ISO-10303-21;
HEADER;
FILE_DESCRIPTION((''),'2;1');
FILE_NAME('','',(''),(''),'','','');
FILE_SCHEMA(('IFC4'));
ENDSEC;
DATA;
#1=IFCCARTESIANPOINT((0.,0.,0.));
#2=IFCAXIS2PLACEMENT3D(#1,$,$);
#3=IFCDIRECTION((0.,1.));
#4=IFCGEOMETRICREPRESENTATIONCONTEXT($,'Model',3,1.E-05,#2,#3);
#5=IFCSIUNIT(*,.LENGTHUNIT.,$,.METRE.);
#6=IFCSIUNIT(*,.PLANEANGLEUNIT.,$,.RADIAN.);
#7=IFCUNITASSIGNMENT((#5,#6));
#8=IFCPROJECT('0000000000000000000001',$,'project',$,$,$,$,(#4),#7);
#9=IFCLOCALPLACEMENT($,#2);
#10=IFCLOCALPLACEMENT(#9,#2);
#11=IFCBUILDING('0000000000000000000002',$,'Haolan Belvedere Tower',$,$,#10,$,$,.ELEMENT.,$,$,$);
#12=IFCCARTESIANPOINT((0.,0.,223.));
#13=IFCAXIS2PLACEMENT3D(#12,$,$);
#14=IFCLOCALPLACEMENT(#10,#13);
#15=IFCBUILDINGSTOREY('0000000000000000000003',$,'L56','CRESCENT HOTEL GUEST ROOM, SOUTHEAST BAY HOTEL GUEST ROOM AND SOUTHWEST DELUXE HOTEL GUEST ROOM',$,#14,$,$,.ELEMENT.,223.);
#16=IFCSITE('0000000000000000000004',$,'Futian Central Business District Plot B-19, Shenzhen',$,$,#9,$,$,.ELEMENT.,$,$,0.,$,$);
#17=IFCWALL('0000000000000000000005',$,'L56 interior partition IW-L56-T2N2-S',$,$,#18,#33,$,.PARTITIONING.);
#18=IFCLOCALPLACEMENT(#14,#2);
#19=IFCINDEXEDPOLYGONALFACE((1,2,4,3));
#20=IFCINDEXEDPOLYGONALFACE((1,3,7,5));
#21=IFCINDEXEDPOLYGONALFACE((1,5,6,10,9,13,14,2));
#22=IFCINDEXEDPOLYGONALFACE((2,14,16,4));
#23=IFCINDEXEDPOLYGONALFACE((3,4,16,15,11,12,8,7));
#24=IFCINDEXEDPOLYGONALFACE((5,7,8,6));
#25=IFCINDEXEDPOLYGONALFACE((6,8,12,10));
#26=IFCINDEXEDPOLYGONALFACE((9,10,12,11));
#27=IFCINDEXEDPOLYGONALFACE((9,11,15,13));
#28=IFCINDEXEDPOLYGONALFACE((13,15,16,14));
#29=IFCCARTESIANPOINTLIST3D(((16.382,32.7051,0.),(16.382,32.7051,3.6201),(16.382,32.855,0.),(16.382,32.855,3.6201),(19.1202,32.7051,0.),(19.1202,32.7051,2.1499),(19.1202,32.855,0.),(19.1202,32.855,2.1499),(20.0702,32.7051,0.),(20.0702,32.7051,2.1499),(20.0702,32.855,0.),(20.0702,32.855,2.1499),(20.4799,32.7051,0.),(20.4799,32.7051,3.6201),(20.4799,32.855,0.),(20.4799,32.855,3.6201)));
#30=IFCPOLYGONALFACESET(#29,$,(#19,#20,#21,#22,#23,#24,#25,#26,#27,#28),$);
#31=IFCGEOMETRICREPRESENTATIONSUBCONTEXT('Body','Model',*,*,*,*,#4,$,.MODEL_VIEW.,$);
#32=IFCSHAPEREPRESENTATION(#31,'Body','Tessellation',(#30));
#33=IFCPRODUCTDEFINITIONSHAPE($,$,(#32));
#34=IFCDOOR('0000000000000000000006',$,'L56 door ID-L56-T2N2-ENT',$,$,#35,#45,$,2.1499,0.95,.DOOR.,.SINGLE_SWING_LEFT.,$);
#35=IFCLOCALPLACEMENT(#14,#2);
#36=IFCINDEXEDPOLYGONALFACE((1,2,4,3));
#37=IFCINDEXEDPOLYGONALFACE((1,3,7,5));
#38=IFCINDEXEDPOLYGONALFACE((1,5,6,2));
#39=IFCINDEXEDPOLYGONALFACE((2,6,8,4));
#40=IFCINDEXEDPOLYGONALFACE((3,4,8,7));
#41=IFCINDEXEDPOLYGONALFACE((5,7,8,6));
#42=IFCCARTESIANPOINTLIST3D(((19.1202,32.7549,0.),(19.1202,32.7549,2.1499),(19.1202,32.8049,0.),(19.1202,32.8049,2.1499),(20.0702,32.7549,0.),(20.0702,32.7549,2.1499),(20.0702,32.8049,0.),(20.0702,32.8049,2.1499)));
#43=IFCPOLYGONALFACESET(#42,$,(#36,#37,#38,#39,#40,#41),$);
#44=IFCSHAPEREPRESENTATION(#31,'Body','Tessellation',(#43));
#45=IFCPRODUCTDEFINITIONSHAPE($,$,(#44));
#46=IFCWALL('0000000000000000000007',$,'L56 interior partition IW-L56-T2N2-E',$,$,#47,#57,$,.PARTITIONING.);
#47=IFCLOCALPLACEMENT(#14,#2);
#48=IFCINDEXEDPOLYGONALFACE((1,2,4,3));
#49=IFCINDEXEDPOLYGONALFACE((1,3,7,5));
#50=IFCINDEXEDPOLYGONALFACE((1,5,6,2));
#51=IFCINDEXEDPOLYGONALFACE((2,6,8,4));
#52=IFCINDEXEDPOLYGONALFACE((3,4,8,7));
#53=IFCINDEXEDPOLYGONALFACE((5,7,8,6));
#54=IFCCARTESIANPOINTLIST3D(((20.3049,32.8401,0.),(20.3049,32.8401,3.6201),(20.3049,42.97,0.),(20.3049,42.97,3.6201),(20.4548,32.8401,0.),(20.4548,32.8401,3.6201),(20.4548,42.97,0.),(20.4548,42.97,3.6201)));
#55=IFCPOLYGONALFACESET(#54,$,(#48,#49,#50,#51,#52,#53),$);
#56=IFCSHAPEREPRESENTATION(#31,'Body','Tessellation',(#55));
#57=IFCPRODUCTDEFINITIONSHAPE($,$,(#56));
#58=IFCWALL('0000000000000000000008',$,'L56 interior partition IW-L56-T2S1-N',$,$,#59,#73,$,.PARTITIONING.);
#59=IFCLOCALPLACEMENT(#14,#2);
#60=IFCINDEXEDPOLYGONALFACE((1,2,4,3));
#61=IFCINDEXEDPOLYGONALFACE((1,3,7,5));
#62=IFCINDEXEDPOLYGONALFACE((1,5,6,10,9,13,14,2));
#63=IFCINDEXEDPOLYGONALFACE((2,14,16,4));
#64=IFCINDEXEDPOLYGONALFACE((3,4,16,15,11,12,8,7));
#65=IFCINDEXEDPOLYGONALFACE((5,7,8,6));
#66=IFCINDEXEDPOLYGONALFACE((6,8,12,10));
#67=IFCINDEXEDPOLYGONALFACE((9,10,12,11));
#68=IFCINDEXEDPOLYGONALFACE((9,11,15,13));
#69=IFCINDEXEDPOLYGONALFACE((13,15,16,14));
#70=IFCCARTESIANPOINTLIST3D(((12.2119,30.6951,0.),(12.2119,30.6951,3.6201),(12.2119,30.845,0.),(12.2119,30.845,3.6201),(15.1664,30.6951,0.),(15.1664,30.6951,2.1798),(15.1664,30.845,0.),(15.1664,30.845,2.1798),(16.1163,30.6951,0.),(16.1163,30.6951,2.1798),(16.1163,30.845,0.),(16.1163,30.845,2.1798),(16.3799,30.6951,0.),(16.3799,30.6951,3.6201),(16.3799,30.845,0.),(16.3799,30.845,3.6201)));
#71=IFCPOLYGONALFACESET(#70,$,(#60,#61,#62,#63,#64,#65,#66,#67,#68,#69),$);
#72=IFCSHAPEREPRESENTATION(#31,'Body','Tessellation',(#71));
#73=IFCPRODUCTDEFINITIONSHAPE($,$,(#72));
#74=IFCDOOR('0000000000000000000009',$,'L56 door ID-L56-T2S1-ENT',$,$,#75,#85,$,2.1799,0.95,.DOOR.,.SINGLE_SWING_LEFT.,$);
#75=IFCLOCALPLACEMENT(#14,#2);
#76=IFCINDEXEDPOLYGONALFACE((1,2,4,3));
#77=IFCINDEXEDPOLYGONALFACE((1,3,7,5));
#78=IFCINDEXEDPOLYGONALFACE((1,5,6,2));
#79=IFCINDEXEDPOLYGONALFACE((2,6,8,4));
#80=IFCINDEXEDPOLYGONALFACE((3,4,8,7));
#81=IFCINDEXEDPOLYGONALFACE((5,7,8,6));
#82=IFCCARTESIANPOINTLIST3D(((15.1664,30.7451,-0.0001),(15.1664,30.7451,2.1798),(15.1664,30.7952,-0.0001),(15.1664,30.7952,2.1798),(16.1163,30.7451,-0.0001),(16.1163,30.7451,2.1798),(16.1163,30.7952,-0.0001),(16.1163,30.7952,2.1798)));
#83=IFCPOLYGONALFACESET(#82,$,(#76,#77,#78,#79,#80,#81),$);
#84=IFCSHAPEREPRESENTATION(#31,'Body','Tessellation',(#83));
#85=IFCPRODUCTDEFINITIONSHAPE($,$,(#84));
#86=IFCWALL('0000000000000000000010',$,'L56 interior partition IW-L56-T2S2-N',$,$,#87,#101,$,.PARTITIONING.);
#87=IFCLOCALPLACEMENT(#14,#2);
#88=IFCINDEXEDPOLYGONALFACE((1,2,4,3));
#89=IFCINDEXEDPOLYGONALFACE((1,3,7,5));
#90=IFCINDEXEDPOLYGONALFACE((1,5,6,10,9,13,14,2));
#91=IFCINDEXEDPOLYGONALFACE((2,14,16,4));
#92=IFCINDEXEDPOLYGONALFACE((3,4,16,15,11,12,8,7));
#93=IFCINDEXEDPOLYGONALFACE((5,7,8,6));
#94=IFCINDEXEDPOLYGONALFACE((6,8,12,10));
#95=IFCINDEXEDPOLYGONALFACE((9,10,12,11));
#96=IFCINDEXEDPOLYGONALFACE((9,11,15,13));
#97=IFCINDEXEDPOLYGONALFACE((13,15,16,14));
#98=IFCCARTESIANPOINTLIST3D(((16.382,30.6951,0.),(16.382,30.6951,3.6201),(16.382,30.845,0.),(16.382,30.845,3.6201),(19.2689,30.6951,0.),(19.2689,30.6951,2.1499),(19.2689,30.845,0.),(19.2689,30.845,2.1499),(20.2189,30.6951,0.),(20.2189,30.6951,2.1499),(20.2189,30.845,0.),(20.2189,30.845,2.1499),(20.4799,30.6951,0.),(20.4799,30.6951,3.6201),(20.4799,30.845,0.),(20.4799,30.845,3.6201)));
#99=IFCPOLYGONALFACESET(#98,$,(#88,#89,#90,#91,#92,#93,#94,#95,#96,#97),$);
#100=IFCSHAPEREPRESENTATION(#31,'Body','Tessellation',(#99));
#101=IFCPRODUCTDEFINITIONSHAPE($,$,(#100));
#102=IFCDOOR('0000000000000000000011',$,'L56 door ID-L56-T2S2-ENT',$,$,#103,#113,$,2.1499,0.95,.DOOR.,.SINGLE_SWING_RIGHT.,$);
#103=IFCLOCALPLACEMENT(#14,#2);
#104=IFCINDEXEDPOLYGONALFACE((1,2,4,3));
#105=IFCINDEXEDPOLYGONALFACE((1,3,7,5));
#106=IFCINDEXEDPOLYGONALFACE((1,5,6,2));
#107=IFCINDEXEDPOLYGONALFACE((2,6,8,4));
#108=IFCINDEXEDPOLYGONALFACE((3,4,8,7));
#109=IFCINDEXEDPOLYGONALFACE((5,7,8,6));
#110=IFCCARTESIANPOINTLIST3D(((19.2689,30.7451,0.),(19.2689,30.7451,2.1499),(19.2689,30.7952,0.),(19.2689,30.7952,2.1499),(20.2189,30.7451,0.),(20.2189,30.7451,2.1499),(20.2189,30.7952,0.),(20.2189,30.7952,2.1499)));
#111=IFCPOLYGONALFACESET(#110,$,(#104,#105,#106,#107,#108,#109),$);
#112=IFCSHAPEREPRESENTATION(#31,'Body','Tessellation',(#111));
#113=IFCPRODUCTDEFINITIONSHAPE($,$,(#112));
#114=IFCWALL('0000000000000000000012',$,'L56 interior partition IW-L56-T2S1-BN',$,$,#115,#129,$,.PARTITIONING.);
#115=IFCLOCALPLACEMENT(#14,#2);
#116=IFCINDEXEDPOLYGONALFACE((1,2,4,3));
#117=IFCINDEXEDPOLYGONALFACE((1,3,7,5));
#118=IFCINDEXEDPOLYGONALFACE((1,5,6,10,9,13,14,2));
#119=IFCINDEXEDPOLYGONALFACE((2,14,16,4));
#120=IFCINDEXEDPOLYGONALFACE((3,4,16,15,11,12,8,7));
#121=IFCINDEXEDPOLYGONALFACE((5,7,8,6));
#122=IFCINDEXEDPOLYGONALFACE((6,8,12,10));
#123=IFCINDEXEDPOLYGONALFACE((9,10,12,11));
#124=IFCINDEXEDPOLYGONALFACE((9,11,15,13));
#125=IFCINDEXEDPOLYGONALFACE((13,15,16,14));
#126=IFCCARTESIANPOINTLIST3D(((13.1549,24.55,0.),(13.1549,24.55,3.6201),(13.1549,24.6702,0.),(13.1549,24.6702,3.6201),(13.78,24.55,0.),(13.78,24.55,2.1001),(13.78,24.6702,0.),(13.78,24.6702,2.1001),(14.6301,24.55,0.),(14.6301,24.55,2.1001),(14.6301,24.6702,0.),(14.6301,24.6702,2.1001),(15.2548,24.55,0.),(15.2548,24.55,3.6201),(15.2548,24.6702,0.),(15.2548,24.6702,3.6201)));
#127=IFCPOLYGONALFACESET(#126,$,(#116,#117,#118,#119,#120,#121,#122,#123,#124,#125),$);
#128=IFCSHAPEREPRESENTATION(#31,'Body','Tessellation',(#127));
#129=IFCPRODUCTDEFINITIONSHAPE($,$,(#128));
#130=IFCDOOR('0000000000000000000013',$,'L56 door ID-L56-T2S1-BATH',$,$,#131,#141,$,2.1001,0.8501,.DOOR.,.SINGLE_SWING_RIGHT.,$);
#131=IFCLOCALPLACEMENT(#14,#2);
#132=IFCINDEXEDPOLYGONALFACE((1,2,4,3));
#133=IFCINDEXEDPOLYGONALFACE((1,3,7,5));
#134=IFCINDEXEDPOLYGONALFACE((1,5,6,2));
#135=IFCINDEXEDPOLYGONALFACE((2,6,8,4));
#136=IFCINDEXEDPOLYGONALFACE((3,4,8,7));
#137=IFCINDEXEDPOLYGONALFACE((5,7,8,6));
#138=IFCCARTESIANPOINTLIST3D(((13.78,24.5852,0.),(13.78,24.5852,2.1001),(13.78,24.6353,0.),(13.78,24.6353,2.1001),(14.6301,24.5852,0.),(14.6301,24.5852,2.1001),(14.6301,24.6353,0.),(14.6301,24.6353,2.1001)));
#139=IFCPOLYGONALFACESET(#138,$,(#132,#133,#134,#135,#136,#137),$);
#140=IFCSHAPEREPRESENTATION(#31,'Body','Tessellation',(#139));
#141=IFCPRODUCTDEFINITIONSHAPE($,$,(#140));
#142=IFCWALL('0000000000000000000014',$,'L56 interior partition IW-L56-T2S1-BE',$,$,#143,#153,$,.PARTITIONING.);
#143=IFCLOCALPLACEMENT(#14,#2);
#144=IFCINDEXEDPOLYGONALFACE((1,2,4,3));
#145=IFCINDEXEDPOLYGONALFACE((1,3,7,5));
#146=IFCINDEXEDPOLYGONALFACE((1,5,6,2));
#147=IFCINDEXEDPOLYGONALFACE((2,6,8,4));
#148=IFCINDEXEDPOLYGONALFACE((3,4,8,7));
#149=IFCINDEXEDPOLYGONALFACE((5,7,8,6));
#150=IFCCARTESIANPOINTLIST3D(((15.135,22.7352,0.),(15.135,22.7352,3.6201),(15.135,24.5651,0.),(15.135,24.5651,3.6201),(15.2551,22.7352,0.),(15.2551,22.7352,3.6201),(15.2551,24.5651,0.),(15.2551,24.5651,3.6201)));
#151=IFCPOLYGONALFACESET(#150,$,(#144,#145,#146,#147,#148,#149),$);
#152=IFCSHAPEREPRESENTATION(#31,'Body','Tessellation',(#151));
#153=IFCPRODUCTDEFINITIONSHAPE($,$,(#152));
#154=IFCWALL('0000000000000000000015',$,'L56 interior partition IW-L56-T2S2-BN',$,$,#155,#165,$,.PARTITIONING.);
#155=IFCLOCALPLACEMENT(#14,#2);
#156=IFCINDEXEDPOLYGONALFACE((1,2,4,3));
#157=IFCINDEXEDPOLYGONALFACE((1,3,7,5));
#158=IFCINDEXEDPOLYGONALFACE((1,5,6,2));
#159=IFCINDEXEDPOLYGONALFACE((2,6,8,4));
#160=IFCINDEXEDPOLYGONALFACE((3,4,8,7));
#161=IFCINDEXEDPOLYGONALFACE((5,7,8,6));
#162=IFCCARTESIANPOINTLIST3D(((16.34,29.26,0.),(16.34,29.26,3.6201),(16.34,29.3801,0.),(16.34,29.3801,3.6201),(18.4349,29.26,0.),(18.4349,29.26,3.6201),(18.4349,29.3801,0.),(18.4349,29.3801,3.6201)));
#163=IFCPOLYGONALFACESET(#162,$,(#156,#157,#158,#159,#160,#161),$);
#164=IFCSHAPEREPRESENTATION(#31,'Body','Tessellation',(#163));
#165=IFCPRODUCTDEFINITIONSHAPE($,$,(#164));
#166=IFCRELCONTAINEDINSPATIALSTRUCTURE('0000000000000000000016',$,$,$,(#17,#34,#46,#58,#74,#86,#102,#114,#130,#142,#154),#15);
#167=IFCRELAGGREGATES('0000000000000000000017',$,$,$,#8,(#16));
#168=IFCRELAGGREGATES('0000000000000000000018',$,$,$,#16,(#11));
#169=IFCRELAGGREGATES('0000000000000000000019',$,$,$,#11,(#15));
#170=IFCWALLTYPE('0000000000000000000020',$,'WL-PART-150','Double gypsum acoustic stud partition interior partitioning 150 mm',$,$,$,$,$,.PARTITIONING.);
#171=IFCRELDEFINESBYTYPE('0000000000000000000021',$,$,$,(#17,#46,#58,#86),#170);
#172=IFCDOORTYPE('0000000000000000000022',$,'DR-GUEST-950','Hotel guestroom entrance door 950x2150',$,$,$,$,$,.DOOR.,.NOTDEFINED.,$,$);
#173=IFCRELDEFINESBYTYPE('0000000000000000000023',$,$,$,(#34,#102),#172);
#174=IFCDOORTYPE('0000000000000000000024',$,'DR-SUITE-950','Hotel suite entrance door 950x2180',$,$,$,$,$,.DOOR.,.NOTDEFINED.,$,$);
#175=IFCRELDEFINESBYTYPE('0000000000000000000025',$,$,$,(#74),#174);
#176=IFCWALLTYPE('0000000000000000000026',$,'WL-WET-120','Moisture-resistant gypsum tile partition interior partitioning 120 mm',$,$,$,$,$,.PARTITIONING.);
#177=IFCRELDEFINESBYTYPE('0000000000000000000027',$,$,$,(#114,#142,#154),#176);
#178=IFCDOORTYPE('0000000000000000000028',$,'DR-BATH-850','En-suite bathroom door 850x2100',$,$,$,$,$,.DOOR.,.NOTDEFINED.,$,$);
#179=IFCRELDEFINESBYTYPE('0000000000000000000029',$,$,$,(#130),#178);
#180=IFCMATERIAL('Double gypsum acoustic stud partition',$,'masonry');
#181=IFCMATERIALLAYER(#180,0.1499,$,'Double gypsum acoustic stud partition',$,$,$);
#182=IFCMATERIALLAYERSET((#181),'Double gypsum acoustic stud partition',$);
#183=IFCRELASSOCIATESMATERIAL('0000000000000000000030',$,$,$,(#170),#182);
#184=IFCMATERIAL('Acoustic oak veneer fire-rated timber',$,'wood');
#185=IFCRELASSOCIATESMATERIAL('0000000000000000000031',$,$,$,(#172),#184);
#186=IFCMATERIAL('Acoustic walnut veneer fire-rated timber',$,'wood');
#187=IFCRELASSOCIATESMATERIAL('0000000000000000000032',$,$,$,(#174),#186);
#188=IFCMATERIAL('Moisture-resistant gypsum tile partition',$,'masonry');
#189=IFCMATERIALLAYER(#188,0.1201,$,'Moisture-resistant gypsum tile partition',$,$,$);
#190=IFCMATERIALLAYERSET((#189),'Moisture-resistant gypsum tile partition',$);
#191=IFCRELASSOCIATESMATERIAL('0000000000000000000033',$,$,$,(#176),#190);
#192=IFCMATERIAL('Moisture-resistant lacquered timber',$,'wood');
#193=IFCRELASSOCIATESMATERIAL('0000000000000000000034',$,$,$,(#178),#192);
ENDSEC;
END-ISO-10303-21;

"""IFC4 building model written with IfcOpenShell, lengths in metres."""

from ifc_helpers import new_model, si_unit, direction, frame, frame_2d, origin, place, context, subcontext, project, spatial, rectangle, extrude, material, layer, layer_set, type_object, element, fill, save


model = new_model("IFC4")

# Units and contexts
model_context = context("Model", 3, precision=1e-05, world=origin(), true_north=direction((0.0, 1.0)))
body_context = subcontext(model_context, "Body", "Model", "MODEL_VIEW")
ifc_project = project(units=[si_unit("LENGTHUNIT", "METRE"), si_unit("PLANEANGLEUNIT", "RADIAN")], contexts=[model_context])

# Site, building, storey
site_placement = place(None, origin())
site = spatial("IfcSite", under=ifc_project, at=site_placement, Name="Futian Central Business District Plot B-19, Shenzhen", CompositionType="ELEMENT", RefElevation=0.0)
building_placement = place(site_placement, origin())
building = spatial("IfcBuilding", under=site, at=building_placement, Name="Haolan Belvedere Tower", CompositionType="ELEMENT")
storey_placement = place(building_placement, frame((0.0, 0.0, 223.0)))
storey = spatial("IfcBuildingStorey", under=building, at=storey_placement, Name="L56", Description="CRESCENT HOTEL GUEST ROOM, SOUTHEAST BAY HOTEL GUEST ROOM AND SOUTHWEST DELUXE HOTEL GUEST ROOM", CompositionType="ELEMENT", Elevation=223.0)

# Shared definitions
ifc_material_1 = material(Name="Double gypsum acoustic stud partition", Category="masonry")
ifc_layer_1 = layer(ifc_material_1, 0.1499, Name="Double gypsum acoustic stud partition")
ifc_layer_set_1 = layer_set([ifc_layer_1], Name="Double gypsum acoustic stud partition")
wall_type_1 = type_object("IfcWallType", Name="WL-PART-150", Description="Double gypsum acoustic stud partition interior partitioning 150 mm", PredefinedType="PARTITIONING", material=ifc_layer_set_1)
ifc_material_2 = material(Name="Acoustic oak veneer fire-rated timber", Category="wood")
door_type_1 = type_object("IfcDoorType", Name="DR-GUEST-950", Description="Hotel guestroom entrance door 950x2150", OperationType="NOTDEFINED", PredefinedType="DOOR", material=ifc_material_2)

# Wall, opening, door
wall_1_placement = place(storey_placement, frame((16.3821, 32.78, 0.0), z_axis=(0.0, 0.0, 1.0), x_axis=(1.0, 0.0, 0.0)))
wall_1 = element("IfcWall", 1, at=wall_1_placement, inside=storey, type_object=wall_type_1, Name="L56 interior partition IW-L56-T2N2-S", PredefinedType="PARTITIONING", context=body_context, shape_type="SweptSolid", body=[
    extrude(rectangle(XDim=4.0979, YDim=0.1499, at=frame_2d((2.0488, 0.0))), origin(), (0.0, 0.0, 1.0), 3.6201),
])
opening_1_placement = place(wall_1_placement, frame((2.738, 0.0, 0.0)))
opening_1 = element("IfcOpeningElement", 2, at=opening_1_placement, cuts=wall_1, PredefinedType="OPENING", context=body_context, shape_type="SweptSolid", body=[
    extrude(rectangle(XDim=0.95, YDim=2.1499, at=frame_2d((0.4751, 1.075))), frame((0.0, 0.085, 0.0), z_axis=(0.0, -1.0, 0.0), x_axis=(1.0, 0.0, 0.0)), (0.0, 0.0, 1.0), 0.1699),
])
door_1_placement = place(opening_1_placement, origin())
door_1 = element("IfcDoor", 3, at=door_1_placement, inside=storey, type_object=door_type_1, Name="L56 door ID-L56-T2N2-ENT", OperationType="SINGLE_SWING_LEFT", OverallHeight=2.1499, OverallWidth=0.95, PredefinedType="DOOR", context=body_context, shape_type="SweptSolid", body=[
    extrude(rectangle(XDim=0.95, YDim=2.1499, at=frame_2d((0.4751, 1.075))), frame((0.0, 0.0249, 0.0), z_axis=(0.0, -1.0, 0.0), x_axis=(1.0, 0.0, 0.0)), (0.0, 0.0, 1.0), 0.05),
])
fill(opening_1, door_1)

# Wall
wall_2_placement = place(storey_placement, frame((20.3799, 32.8401, 0.0), z_axis=(0.0, 0.0, 1.0), x_axis=(0.0, 1.0, 0.0)))
element("IfcWall", 4, at=wall_2_placement, inside=storey, type_object=wall_type_1, Name="L56 interior partition IW-L56-T2N2-E", PredefinedType="PARTITIONING", context=body_context, shape_type="SweptSolid", body=[
    extrude(rectangle(XDim=10.1299, YDim=0.1499, at=frame_2d((5.0649, 0.0))), origin(), (0.0, 0.0, 1.0), 3.6201),
])

# Walls, openings, doors
wall_3_placement = place(storey_placement, frame((12.2119, 30.77, 0.0), z_axis=(0.0, 0.0, 1.0), x_axis=(1.0, 0.0, 0.0)))
wall_3 = element("IfcWall", 5, at=wall_3_placement, inside=storey, type_object=wall_type_1, Name="L56 interior partition IW-L56-T2S1-N", PredefinedType="PARTITIONING", context=body_context, shape_type="SweptSolid", body=[
    extrude(rectangle(XDim=4.168, YDim=0.1499, at=frame_2d((2.084, 0.0))), origin(), (0.0, 0.0, 1.0), 3.6201),
])
opening_2_placement = place(wall_3_placement, frame((3.9045, 0.0, 0.0), z_axis=(0.0, 0.0, 1.0), x_axis=(-1.0, 0.0, 0.0)))
opening_2 = element("IfcOpeningElement", 6, at=opening_2_placement, cuts=wall_3, PredefinedType="OPENING", context=body_context, shape_type="SweptSolid", body=[
    extrude(rectangle(XDim=0.95, YDim=2.1799, at=frame_2d((0.4751, 1.0898))), frame((0.0, 0.085, 0.0), z_axis=(0.0, -1.0, 0.0), x_axis=(1.0, 0.0, 0.0)), (0.0, 0.0, 1.0), 0.1699),
])
ifc_material_3 = material(Name="Acoustic walnut veneer fire-rated timber", Category="wood")
door_type_2 = type_object("IfcDoorType", Name="DR-SUITE-950", Description="Hotel suite entrance door 950x2180", OperationType="NOTDEFINED", PredefinedType="DOOR", material=ifc_material_3)
door_2_placement = place(opening_2_placement, origin())
door_2 = element("IfcDoor", 7, at=door_2_placement, inside=storey, type_object=door_type_2, Name="L56 door ID-L56-T2S1-ENT", OperationType="SINGLE_SWING_LEFT", OverallHeight=2.1799, OverallWidth=0.95, PredefinedType="DOOR", context=body_context, shape_type="SweptSolid", body=[
    extrude(rectangle(XDim=0.95, YDim=2.1799, at=frame_2d((0.4751, 1.0898))), frame((0.0, 0.0249, 0.0), z_axis=(0.0, -1.0, 0.0), x_axis=(1.0, 0.0, 0.0)), (0.0, 0.0, 1.0), 0.05),
])
fill(opening_2, door_2)
wall_4_placement = place(storey_placement, frame((16.3821, 30.77, 0.0), z_axis=(0.0, 0.0, 1.0), x_axis=(1.0, 0.0, 0.0)))
wall_4 = element("IfcWall", 8, at=wall_4_placement, inside=storey, type_object=wall_type_1, Name="L56 interior partition IW-L56-T2S2-N", PredefinedType="PARTITIONING", context=body_context, shape_type="SweptSolid", body=[
    extrude(rectangle(XDim=4.0979, YDim=0.1499, at=frame_2d((2.0488, 0.0))), origin(), (0.0, 0.0, 1.0), 3.6201),
])
opening_3_placement = place(wall_4_placement, frame((3.8369, 0.0, 0.0), z_axis=(0.0, 0.0, 1.0), x_axis=(-1.0, 0.0, 0.0)))
opening_3 = element("IfcOpeningElement", 9, at=opening_3_placement, cuts=wall_4, PredefinedType="OPENING", context=body_context, shape_type="SweptSolid", body=[
    extrude(rectangle(XDim=0.95, YDim=2.1499, at=frame_2d((0.4751, 1.075))), frame((0.0, 0.085, 0.0), z_axis=(0.0, -1.0, 0.0), x_axis=(1.0, 0.0, 0.0)), (0.0, 0.0, 1.0), 0.1699),
])
door_3_placement = place(opening_3_placement, origin())
door_3 = element("IfcDoor", 10, at=door_3_placement, inside=storey, type_object=door_type_1, Name="L56 door ID-L56-T2S2-ENT", OperationType="SINGLE_SWING_RIGHT", OverallHeight=2.1499, OverallWidth=0.95, PredefinedType="DOOR", context=body_context, shape_type="SweptSolid", body=[
    extrude(rectangle(XDim=0.95, YDim=2.1499, at=frame_2d((0.4751, 1.075))), frame((0.0, 0.0249, 0.0), z_axis=(0.0, -1.0, 0.0), x_axis=(1.0, 0.0, 0.0)), (0.0, 0.0, 1.0), 0.05),
])
fill(opening_3, door_3)
ifc_material_4 = material(Name="Moisture-resistant gypsum tile partition", Category="masonry")
ifc_layer_2 = layer(ifc_material_4, 0.1201, Name="Moisture-resistant gypsum tile partition")
ifc_layer_set_2 = layer_set([ifc_layer_2], Name="Moisture-resistant gypsum tile partition")
wall_type_2 = type_object("IfcWallType", Name="WL-WET-120", Description="Moisture-resistant gypsum tile partition interior partitioning 120 mm", PredefinedType="PARTITIONING", material=ifc_layer_set_2)
wall_5_placement = place(storey_placement, frame((13.155, 24.6101, 0.0), z_axis=(0.0, 0.0, 1.0), x_axis=(1.0, 0.0, 0.0)))
wall_5 = element("IfcWall", 11, at=wall_5_placement, inside=storey, type_object=wall_type_2, Name="L56 interior partition IW-L56-T2S1-BN", PredefinedType="PARTITIONING", context=body_context, shape_type="SweptSolid", body=[
    extrude(rectangle(XDim=2.0999, YDim=0.1201, at=frame_2d((1.0498, 0.0))), origin(), (0.0, 0.0, 1.0), 3.6201),
])
opening_4_placement = place(wall_5_placement, frame((1.4751, 0.0, 0.0), z_axis=(0.0, 0.0, 1.0), x_axis=(-1.0, 0.0, 0.0)))
opening_4 = element("IfcOpeningElement", 12, at=opening_4_placement, cuts=wall_5, PredefinedType="OPENING", context=body_context, shape_type="SweptSolid", body=[
    extrude(rectangle(XDim=0.8501, YDim=2.1001, at=frame_2d((0.425, 1.05))), frame((0.0, 0.0701, 0.0), z_axis=(0.0, -1.0, 0.0), x_axis=(1.0, 0.0, 0.0)), (0.0, 0.0, 1.0), 0.1401),
])
ifc_material_5 = material(Name="Moisture-resistant lacquered timber", Category="wood")
door_type_3 = type_object("IfcDoorType", Name="DR-BATH-850", Description="En-suite bathroom door 850x2100", OperationType="NOTDEFINED", PredefinedType="DOOR", material=ifc_material_5)
door_4_placement = place(opening_4_placement, origin())
door_4 = element("IfcDoor", 13, at=door_4_placement, inside=storey, type_object=door_type_3, Name="L56 door ID-L56-T2S1-BATH", OperationType="SINGLE_SWING_RIGHT", OverallHeight=2.1001, OverallWidth=0.8501, PredefinedType="DOOR", context=body_context, shape_type="SweptSolid", body=[
    extrude(rectangle(XDim=0.8501, YDim=2.1001, at=frame_2d((0.425, 1.05))), frame((0.0, 0.0249, 0.0), z_axis=(0.0, -1.0, 0.0), x_axis=(1.0, 0.0, 0.0)), (0.0, 0.0, 1.0), 0.05),
])
fill(opening_4, door_4)

# Walls
wall_6_placement = place(storey_placement, frame((15.1951, 22.7351, 0.0), z_axis=(0.0, 0.0, 1.0), x_axis=(0.0, 1.0, 0.0)))
element("IfcWall", 14, at=wall_6_placement, inside=storey, type_object=wall_type_2, Name="L56 interior partition IW-L56-T2S1-BE", PredefinedType="PARTITIONING", context=body_context, shape_type="SweptSolid", body=[
    extrude(rectangle(XDim=1.8298, YDim=0.1201, at=frame_2d((0.915, 0.0))), origin(), (0.0, 0.0, 1.0), 3.6201),
])
wall_7_placement = place(storey_placement, frame((16.3401, 29.3201, 0.0), z_axis=(0.0, 0.0, 1.0), x_axis=(1.0, 0.0, 0.0)))
element("IfcWall", 15, at=wall_7_placement, inside=storey, type_object=wall_type_2, Name="L56 interior partition IW-L56-T2S2-BN", PredefinedType="PARTITIONING", context=body_context, shape_type="SweptSolid", body=[
    extrude(rectangle(XDim=2.095, YDim=0.1201, at=frame_2d((1.0474, 0.0))), origin(), (0.0, 0.0, 1.0), 3.6201),
])

save(model, "model.ifc")
